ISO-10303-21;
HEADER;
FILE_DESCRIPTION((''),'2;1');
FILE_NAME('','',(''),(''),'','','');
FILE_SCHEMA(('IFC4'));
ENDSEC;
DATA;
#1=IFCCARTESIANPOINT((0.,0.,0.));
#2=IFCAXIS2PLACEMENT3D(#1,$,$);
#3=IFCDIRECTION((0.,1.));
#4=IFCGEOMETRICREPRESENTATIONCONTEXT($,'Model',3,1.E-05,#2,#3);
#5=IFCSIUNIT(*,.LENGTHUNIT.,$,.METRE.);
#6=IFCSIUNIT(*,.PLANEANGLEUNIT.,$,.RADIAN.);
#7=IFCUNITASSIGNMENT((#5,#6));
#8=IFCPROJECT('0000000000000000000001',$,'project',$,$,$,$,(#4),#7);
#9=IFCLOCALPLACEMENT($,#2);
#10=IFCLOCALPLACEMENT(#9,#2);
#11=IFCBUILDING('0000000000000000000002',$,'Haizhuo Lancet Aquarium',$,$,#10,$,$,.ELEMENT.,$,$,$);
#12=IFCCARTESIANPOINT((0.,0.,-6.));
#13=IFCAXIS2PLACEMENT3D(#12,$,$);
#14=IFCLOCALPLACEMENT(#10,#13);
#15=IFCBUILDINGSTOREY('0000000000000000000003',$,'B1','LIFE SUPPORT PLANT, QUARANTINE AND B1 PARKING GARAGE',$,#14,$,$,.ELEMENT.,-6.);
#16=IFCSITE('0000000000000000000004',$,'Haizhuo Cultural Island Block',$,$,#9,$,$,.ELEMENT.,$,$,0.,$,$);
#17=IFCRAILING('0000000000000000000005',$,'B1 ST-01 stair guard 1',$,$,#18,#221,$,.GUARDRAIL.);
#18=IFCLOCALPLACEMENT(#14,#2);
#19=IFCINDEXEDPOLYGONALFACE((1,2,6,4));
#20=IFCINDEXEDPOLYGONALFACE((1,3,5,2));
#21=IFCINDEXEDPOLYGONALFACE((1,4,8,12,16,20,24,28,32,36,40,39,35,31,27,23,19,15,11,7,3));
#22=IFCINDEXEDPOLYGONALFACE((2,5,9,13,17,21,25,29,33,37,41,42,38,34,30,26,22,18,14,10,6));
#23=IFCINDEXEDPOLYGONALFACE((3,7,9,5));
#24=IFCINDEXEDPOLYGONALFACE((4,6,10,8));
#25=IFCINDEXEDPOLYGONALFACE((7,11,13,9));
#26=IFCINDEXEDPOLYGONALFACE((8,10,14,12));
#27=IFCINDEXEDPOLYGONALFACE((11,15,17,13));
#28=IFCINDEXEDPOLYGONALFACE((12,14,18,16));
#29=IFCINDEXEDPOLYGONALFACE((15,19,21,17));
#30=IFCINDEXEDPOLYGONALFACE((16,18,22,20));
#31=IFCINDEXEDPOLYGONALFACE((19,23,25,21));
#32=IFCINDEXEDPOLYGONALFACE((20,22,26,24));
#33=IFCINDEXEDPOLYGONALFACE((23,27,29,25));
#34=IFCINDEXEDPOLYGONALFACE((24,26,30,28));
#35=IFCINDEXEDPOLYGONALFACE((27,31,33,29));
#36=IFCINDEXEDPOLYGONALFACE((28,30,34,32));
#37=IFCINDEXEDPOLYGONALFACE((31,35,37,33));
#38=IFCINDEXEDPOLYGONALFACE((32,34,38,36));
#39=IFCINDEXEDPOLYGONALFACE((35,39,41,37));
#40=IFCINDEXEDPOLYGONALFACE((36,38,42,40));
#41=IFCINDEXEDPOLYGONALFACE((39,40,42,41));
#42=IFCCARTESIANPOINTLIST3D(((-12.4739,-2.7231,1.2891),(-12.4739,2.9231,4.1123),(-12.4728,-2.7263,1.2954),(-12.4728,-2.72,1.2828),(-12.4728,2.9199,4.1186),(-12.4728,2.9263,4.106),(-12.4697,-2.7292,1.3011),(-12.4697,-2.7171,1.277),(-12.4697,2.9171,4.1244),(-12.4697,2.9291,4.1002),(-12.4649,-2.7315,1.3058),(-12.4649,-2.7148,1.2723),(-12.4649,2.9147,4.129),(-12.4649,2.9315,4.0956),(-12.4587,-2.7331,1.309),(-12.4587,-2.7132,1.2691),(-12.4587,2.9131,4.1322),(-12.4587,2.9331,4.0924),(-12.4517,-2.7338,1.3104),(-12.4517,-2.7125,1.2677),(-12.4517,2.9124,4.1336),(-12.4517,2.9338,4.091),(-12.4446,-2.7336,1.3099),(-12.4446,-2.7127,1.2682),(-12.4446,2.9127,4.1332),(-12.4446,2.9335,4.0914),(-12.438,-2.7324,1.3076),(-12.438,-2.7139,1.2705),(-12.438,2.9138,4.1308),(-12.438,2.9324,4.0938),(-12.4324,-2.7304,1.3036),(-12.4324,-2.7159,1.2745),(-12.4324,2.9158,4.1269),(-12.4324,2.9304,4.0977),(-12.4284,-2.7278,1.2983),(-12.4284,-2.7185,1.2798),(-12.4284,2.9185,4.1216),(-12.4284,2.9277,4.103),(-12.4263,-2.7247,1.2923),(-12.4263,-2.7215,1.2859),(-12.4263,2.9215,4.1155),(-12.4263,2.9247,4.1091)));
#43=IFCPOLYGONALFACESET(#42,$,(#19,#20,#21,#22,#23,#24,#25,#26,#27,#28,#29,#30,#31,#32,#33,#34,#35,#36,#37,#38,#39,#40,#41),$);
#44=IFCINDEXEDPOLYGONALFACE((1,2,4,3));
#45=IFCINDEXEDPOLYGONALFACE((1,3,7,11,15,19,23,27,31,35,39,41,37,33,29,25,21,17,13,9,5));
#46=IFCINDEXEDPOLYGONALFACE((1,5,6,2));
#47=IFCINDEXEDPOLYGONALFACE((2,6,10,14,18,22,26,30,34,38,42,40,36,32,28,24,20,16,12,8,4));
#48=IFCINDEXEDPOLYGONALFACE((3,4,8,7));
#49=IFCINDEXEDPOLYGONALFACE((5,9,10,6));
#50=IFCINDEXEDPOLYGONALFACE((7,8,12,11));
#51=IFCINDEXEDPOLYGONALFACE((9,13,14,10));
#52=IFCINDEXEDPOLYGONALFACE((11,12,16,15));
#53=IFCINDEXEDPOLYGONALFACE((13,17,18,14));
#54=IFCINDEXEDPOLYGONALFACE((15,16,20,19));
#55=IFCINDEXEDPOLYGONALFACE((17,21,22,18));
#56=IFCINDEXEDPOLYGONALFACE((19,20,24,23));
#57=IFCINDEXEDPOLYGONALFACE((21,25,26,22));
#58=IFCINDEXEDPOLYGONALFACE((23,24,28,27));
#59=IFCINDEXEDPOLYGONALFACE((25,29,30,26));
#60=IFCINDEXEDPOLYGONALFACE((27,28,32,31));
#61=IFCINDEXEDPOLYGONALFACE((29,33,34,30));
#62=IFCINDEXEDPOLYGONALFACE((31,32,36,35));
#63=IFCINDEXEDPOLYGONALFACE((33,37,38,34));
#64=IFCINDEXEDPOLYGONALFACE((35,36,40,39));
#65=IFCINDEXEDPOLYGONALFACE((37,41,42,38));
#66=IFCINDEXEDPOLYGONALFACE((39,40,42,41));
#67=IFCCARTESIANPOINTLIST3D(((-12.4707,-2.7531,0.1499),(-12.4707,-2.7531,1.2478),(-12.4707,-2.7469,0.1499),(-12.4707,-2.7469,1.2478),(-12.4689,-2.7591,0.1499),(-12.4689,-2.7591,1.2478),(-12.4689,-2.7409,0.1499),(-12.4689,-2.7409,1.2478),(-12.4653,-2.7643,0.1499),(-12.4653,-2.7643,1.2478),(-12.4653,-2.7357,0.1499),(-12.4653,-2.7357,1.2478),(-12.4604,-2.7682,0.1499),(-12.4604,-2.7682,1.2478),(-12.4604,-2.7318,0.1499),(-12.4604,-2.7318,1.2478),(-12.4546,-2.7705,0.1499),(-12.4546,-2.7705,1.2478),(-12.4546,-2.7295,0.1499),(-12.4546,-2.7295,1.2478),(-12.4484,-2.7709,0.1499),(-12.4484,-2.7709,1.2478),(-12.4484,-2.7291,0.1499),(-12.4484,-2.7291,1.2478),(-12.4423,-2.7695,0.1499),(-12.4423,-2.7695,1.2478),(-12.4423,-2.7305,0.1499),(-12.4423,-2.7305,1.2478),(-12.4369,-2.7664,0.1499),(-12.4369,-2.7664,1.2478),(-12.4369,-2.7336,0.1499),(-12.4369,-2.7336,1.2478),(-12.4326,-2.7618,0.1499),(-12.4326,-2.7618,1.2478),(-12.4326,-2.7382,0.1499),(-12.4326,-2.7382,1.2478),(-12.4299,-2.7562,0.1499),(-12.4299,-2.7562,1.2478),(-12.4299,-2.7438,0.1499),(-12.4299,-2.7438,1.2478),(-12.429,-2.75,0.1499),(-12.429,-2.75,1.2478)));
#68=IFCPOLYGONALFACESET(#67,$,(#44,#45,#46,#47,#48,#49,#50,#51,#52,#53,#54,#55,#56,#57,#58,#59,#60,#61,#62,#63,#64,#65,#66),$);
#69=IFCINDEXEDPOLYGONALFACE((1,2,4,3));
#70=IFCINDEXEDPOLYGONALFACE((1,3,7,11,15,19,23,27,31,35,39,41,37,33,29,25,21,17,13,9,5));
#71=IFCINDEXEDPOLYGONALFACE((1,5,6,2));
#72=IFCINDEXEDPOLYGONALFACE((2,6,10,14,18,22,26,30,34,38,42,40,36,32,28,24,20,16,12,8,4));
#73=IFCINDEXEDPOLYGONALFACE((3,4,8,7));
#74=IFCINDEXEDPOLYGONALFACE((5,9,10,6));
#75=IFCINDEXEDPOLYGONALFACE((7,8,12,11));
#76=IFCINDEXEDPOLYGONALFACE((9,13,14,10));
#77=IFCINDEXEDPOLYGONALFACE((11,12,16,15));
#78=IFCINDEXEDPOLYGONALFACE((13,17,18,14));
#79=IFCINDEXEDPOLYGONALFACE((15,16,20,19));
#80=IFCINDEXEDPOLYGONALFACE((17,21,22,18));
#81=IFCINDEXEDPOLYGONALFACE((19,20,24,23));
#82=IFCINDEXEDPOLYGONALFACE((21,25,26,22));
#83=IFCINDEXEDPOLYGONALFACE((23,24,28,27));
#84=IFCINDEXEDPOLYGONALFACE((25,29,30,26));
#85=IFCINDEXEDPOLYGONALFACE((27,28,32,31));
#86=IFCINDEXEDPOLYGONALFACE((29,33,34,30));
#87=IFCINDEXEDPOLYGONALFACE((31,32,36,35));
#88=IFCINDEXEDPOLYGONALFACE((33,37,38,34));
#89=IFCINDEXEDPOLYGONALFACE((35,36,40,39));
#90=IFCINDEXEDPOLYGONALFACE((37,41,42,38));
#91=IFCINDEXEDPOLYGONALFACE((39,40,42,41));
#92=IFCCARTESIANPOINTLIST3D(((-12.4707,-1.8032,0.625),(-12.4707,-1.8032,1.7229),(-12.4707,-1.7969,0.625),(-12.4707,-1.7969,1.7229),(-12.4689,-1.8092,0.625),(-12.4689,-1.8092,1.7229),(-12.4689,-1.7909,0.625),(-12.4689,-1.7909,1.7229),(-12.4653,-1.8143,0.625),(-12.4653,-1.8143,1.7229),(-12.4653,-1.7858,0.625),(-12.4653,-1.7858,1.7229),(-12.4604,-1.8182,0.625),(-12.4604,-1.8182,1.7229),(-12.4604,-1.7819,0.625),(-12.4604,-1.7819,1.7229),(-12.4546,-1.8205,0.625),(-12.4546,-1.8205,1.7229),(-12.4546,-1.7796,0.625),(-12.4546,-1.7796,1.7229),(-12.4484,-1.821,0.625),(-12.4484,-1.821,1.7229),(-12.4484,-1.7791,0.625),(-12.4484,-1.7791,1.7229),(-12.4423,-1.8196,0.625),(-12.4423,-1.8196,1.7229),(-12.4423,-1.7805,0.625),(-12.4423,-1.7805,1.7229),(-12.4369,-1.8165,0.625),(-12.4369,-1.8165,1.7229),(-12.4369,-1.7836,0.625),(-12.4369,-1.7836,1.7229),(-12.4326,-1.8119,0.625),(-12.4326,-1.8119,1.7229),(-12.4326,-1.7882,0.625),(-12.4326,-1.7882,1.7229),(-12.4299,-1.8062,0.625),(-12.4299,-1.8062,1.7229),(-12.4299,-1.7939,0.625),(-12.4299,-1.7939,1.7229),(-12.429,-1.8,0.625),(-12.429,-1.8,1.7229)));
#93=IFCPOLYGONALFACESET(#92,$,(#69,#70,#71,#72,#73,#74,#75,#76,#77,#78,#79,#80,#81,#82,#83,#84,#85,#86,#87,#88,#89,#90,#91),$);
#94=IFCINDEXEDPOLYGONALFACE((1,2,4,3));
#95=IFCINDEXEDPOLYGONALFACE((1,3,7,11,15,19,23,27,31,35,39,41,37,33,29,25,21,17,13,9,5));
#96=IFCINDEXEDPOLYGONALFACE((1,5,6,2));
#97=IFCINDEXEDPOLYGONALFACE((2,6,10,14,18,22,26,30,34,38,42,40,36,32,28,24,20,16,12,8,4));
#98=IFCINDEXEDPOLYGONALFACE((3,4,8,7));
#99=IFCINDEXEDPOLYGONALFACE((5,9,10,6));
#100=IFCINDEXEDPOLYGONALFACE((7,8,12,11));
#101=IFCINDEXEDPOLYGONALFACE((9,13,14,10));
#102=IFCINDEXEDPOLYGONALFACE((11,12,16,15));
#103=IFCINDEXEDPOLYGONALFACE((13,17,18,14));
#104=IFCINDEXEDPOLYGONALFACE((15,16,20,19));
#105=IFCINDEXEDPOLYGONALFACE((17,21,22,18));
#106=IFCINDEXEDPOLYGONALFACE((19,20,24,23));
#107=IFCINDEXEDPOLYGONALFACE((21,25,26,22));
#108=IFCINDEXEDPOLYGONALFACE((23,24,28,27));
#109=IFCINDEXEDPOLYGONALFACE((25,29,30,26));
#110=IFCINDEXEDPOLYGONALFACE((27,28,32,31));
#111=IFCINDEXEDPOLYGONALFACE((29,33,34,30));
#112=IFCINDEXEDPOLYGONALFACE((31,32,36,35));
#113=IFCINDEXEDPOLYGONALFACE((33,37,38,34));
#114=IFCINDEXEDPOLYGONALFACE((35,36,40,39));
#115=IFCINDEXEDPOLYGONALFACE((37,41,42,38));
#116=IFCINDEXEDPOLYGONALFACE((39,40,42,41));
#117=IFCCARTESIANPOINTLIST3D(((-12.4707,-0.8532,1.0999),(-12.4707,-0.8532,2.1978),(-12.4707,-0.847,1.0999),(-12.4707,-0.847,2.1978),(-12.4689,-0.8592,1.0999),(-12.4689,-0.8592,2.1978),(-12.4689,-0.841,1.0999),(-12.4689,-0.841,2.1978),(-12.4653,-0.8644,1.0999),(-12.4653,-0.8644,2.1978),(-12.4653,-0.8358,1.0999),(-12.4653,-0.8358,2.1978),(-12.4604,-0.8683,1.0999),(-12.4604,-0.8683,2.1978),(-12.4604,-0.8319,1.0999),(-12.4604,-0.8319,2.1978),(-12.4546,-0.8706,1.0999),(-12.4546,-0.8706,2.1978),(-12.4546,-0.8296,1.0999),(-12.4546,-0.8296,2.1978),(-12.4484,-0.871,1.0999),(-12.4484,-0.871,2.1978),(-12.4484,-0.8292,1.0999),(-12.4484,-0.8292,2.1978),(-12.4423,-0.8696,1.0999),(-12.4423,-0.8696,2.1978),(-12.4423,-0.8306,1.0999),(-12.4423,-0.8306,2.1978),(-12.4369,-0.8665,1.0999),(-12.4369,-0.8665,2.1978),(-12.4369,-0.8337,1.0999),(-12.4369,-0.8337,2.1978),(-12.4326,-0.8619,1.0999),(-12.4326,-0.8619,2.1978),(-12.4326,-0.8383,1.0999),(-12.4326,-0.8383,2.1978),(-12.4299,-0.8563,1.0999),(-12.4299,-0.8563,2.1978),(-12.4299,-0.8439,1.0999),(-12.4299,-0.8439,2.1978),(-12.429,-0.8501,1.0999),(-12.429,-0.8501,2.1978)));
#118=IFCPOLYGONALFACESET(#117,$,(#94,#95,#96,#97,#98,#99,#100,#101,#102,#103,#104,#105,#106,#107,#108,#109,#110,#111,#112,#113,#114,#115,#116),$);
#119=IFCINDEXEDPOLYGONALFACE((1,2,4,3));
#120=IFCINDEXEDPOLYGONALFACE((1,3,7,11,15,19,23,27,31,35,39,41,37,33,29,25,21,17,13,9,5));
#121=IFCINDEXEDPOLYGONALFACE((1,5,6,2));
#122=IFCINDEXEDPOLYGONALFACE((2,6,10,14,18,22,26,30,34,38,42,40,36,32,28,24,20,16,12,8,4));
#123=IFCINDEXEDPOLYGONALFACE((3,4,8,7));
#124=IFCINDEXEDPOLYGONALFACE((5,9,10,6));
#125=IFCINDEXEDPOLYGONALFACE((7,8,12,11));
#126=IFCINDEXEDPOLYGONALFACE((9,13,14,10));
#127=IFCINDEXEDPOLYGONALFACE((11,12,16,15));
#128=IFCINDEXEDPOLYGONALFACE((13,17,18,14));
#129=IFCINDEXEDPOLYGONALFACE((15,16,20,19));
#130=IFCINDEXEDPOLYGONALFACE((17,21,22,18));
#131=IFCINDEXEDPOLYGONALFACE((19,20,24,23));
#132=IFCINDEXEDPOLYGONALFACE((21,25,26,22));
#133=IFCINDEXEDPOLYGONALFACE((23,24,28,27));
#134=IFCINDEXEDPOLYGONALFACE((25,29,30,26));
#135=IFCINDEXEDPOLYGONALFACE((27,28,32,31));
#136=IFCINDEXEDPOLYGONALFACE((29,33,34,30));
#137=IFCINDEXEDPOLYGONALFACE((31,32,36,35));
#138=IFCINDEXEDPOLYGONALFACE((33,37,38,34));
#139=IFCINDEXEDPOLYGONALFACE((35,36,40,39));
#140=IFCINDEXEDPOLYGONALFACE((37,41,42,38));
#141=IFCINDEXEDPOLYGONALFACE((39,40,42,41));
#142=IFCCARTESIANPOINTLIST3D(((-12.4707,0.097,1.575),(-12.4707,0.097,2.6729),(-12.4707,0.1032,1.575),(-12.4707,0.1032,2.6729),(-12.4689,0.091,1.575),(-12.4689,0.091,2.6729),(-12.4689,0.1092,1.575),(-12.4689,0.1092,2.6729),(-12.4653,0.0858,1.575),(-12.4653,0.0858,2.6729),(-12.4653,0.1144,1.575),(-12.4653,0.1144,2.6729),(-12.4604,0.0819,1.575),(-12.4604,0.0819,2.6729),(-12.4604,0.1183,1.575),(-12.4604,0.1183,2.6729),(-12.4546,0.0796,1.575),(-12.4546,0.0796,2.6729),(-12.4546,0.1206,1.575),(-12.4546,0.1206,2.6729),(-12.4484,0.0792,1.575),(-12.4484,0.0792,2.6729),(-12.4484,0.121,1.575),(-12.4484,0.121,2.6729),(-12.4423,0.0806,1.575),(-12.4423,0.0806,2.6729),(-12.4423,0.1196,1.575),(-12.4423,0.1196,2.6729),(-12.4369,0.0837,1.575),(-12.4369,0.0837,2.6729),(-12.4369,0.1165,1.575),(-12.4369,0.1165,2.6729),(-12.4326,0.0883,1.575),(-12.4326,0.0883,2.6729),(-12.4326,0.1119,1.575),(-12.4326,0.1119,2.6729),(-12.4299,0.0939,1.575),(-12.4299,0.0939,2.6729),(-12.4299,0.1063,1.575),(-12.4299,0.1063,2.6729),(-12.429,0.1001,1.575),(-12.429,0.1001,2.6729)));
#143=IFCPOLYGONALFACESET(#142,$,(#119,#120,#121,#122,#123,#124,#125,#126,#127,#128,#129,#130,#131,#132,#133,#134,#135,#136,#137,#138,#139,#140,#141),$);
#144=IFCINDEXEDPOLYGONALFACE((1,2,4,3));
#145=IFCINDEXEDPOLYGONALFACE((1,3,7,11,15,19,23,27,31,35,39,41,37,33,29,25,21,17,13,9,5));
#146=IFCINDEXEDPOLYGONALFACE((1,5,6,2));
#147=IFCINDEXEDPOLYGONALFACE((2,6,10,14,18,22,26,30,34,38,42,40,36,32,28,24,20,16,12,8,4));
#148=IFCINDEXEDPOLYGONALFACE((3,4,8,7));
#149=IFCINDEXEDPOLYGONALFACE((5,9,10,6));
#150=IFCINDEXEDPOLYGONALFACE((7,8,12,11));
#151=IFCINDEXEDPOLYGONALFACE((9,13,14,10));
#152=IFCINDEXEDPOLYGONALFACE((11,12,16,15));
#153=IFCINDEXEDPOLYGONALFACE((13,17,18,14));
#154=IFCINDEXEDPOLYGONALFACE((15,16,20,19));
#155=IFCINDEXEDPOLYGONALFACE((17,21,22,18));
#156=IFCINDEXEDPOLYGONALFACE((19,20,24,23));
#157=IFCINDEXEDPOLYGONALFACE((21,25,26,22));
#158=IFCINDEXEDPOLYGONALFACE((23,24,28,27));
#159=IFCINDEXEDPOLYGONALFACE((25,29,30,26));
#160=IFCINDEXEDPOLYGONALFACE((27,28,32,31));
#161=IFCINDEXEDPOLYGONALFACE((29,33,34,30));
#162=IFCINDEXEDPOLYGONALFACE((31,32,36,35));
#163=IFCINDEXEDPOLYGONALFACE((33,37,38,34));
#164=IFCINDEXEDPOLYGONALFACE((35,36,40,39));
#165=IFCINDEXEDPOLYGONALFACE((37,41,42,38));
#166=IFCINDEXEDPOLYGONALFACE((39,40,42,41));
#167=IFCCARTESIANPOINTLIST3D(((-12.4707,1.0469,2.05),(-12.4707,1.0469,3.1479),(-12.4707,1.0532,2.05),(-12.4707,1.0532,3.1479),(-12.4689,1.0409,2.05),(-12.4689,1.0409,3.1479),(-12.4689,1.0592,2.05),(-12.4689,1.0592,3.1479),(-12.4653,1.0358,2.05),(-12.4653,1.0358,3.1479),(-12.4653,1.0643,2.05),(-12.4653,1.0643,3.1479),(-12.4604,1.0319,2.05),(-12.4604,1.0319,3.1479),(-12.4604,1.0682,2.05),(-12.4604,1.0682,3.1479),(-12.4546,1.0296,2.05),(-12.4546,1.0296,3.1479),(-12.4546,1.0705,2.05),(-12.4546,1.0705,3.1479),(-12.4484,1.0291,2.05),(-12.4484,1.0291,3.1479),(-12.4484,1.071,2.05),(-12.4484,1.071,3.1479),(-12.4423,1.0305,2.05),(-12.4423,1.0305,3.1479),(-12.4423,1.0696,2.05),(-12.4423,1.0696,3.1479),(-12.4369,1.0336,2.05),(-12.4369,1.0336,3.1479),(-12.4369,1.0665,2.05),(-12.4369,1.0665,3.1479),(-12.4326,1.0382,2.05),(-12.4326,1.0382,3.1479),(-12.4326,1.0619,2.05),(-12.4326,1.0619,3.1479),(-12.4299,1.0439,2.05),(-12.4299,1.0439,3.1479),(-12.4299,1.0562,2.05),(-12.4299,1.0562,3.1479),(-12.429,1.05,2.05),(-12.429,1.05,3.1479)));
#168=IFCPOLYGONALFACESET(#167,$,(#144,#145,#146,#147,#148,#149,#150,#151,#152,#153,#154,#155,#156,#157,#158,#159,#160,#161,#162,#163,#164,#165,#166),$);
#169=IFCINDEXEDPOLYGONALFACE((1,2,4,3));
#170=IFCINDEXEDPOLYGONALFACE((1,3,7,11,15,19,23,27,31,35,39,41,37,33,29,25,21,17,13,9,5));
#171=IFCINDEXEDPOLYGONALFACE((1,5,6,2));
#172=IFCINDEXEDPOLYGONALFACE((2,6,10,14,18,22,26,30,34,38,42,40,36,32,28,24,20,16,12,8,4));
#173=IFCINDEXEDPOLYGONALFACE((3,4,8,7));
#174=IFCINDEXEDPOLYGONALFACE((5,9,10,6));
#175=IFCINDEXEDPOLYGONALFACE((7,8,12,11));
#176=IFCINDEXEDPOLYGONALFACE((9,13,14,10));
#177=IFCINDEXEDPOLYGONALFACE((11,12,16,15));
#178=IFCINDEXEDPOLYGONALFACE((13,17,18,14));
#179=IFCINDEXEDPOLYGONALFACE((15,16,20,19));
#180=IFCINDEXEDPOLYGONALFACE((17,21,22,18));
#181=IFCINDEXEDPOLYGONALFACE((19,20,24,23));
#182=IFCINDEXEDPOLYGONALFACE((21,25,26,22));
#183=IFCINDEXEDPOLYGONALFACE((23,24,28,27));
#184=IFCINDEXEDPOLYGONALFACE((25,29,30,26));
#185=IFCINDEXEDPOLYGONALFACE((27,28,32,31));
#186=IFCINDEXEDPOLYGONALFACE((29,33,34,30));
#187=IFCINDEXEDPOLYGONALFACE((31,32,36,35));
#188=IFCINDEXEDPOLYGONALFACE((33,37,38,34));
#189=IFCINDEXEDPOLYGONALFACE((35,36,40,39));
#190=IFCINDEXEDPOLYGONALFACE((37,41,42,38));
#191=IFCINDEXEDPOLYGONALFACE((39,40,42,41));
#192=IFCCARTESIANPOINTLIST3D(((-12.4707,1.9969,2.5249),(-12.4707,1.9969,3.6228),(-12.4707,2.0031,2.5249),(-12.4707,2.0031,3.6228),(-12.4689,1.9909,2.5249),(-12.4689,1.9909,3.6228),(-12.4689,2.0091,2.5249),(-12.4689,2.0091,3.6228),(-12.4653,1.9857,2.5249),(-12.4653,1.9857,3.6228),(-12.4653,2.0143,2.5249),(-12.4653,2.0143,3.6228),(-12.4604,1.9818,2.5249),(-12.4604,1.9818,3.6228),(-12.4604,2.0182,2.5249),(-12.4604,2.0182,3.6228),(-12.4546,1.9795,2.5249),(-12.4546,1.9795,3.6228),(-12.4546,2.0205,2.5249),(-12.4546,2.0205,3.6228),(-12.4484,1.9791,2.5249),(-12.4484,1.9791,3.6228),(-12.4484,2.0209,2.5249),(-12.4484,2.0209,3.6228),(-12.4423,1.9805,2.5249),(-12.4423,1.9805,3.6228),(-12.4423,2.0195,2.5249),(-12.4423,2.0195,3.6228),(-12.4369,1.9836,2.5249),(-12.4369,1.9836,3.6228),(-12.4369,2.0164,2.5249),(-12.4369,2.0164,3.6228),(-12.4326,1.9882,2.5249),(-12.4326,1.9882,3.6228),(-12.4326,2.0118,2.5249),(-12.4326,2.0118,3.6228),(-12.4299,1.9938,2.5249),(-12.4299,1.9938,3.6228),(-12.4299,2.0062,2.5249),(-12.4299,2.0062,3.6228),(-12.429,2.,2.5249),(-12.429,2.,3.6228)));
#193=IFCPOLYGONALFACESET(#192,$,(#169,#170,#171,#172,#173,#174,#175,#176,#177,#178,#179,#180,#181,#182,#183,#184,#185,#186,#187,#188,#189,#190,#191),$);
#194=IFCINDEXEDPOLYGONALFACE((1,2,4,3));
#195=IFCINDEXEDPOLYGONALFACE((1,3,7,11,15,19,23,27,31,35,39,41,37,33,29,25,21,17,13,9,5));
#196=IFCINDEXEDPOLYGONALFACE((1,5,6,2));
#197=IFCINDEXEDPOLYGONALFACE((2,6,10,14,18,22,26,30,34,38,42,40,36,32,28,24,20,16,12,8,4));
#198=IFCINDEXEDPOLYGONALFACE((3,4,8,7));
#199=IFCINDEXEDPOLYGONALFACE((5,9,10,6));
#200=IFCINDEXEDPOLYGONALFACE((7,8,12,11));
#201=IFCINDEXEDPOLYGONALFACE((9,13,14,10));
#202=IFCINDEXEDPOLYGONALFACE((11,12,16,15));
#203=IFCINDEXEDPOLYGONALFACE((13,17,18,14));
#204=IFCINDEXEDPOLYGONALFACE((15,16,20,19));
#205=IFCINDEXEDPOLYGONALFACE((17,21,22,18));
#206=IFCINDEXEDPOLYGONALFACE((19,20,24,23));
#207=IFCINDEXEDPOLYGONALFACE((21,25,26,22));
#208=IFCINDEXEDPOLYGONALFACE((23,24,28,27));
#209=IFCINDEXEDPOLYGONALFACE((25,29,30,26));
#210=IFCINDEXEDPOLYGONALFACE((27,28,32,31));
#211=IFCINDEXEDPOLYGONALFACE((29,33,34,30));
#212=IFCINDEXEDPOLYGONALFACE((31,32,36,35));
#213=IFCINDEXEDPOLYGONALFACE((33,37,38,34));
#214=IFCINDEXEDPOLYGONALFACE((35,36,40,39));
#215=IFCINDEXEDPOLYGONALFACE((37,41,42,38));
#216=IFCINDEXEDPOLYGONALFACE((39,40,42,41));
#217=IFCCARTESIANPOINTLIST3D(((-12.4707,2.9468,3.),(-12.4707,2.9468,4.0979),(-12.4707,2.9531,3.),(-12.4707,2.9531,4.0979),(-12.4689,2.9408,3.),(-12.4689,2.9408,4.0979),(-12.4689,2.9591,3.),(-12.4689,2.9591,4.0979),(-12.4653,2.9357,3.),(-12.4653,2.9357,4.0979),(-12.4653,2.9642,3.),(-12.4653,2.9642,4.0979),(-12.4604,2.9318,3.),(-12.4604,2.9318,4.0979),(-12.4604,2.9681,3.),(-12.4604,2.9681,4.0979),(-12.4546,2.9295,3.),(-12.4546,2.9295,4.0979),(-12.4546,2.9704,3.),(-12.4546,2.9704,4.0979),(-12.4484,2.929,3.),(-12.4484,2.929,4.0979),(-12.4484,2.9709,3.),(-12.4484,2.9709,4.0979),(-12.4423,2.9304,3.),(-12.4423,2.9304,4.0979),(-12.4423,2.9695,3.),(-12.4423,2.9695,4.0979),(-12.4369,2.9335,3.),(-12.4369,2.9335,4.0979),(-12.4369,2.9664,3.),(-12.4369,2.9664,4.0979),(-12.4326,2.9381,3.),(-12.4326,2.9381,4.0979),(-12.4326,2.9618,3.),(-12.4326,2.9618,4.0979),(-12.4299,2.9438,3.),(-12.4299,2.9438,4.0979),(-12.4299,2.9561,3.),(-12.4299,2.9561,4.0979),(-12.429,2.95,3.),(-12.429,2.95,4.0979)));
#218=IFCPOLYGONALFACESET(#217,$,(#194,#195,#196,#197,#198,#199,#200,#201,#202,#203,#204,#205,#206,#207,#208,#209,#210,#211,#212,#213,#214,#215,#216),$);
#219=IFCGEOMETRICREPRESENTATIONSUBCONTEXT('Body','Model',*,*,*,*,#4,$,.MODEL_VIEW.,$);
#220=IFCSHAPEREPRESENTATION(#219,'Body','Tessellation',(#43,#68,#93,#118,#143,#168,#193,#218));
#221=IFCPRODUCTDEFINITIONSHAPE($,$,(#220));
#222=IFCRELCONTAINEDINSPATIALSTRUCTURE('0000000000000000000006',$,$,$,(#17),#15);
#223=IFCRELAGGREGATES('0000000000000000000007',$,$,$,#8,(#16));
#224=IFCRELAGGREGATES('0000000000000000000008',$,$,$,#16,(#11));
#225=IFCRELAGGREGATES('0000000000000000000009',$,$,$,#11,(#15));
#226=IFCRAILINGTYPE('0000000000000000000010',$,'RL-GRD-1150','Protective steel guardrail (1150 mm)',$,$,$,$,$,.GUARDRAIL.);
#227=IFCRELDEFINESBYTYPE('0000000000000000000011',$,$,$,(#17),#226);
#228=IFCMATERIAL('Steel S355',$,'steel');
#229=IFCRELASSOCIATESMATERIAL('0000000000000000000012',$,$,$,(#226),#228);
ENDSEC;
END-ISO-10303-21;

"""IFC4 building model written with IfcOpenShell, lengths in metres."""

from ifc_helpers import new_model, si_unit, direction, frame, origin, origin_2d, place, context, subcontext, project, spatial, circle, extrude, material, type_object, element, save


model = new_model("IFC4")

# Units and contexts
model_context = context("Model", 3, precision=1e-05, world=origin(), true_north=direction((0.0, 1.0)))
body_context = subcontext(model_context, "Body", "Model", "MODEL_VIEW")
ifc_project = project(units=[si_unit("LENGTHUNIT", "METRE"), si_unit("PLANEANGLEUNIT", "RADIAN")], contexts=[model_context])

# Site, building, storey
site_placement = place(None, origin())
site = spatial("IfcSite", under=ifc_project, at=site_placement, Name="Haizhuo Cultural Island Block", CompositionType="ELEMENT", RefElevation=0.0)
building_placement = place(site_placement, origin())
building = spatial("IfcBuilding", under=site, at=building_placement, Name="Haizhuo Lancet Aquarium", CompositionType="ELEMENT")
storey_placement = place(building_placement, frame((0.0, 0.0, -6.0)))
storey = spatial("IfcBuildingStorey", under=building, at=storey_placement, Name="B1", Description="LIFE SUPPORT PLANT, QUARANTINE AND B1 PARKING GARAGE", CompositionType="ELEMENT", Elevation=-6.0)

# Shared definitions
ifc_material_1 = material(Name="Steel S355", Category="steel")

# Railing
railing_type_1 = type_object("IfcRailingType", Name="RL-GRD-1150", Description="Protective steel guardrail (1150 mm)", PredefinedType="GUARDRAIL", material=ifc_material_1)
railing_1_placement = place(storey_placement, frame((-12.45, -2.75, 0.1499)))
element("IfcRailing", 1, at=railing_1_placement, inside=storey, type_object=railing_type_1, Name="B1 ST-01 stair guard 1", PredefinedType="GUARDRAIL", context=body_context, shape_type="SweptSolid", body=[
    extrude(circle(Radius=0.0239, at=origin_2d()), frame((0.0, 0.0269, 1.1392), z_axis=(0.0, 0.89442, 0.447229), x_axis=(-1.0, 0.0, 0.0)), (0.0, 0.0, 1.0), 6.3127),
    extrude(circle(Radius=0.021, at=origin_2d()), origin(), (0.0, 0.0, 1.0), 1.0979),
    extrude(circle(Radius=0.021, at=origin_2d()), frame((0.0, 0.95, 0.4751)), (0.0, 0.0, 1.0), 1.0979),
    extrude(circle(Radius=0.021, at=origin_2d()), frame((0.0, 1.8999, 0.95)), (0.0, 0.0, 1.0), 1.0979),
    extrude(circle(Radius=0.021, at=origin_2d()), frame((0.0, 2.8501, 1.425)), (0.0, 0.0, 1.0), 1.0979),
    extrude(circle(Radius=0.021, at=origin_2d()), frame((0.0, 3.8, 1.9001)), (0.0, 0.0, 1.0), 1.0979),
    extrude(circle(Radius=0.021, at=origin_2d()), frame((0.0, 4.75, 2.375)), (0.0, 0.0, 1.0), 1.0979),
    extrude(circle(Radius=0.021, at=origin_2d()), frame((0.0, 5.7, 2.8501)), (0.0, 0.0, 1.0), 1.0979),
])

save(model, "model.ifc")
